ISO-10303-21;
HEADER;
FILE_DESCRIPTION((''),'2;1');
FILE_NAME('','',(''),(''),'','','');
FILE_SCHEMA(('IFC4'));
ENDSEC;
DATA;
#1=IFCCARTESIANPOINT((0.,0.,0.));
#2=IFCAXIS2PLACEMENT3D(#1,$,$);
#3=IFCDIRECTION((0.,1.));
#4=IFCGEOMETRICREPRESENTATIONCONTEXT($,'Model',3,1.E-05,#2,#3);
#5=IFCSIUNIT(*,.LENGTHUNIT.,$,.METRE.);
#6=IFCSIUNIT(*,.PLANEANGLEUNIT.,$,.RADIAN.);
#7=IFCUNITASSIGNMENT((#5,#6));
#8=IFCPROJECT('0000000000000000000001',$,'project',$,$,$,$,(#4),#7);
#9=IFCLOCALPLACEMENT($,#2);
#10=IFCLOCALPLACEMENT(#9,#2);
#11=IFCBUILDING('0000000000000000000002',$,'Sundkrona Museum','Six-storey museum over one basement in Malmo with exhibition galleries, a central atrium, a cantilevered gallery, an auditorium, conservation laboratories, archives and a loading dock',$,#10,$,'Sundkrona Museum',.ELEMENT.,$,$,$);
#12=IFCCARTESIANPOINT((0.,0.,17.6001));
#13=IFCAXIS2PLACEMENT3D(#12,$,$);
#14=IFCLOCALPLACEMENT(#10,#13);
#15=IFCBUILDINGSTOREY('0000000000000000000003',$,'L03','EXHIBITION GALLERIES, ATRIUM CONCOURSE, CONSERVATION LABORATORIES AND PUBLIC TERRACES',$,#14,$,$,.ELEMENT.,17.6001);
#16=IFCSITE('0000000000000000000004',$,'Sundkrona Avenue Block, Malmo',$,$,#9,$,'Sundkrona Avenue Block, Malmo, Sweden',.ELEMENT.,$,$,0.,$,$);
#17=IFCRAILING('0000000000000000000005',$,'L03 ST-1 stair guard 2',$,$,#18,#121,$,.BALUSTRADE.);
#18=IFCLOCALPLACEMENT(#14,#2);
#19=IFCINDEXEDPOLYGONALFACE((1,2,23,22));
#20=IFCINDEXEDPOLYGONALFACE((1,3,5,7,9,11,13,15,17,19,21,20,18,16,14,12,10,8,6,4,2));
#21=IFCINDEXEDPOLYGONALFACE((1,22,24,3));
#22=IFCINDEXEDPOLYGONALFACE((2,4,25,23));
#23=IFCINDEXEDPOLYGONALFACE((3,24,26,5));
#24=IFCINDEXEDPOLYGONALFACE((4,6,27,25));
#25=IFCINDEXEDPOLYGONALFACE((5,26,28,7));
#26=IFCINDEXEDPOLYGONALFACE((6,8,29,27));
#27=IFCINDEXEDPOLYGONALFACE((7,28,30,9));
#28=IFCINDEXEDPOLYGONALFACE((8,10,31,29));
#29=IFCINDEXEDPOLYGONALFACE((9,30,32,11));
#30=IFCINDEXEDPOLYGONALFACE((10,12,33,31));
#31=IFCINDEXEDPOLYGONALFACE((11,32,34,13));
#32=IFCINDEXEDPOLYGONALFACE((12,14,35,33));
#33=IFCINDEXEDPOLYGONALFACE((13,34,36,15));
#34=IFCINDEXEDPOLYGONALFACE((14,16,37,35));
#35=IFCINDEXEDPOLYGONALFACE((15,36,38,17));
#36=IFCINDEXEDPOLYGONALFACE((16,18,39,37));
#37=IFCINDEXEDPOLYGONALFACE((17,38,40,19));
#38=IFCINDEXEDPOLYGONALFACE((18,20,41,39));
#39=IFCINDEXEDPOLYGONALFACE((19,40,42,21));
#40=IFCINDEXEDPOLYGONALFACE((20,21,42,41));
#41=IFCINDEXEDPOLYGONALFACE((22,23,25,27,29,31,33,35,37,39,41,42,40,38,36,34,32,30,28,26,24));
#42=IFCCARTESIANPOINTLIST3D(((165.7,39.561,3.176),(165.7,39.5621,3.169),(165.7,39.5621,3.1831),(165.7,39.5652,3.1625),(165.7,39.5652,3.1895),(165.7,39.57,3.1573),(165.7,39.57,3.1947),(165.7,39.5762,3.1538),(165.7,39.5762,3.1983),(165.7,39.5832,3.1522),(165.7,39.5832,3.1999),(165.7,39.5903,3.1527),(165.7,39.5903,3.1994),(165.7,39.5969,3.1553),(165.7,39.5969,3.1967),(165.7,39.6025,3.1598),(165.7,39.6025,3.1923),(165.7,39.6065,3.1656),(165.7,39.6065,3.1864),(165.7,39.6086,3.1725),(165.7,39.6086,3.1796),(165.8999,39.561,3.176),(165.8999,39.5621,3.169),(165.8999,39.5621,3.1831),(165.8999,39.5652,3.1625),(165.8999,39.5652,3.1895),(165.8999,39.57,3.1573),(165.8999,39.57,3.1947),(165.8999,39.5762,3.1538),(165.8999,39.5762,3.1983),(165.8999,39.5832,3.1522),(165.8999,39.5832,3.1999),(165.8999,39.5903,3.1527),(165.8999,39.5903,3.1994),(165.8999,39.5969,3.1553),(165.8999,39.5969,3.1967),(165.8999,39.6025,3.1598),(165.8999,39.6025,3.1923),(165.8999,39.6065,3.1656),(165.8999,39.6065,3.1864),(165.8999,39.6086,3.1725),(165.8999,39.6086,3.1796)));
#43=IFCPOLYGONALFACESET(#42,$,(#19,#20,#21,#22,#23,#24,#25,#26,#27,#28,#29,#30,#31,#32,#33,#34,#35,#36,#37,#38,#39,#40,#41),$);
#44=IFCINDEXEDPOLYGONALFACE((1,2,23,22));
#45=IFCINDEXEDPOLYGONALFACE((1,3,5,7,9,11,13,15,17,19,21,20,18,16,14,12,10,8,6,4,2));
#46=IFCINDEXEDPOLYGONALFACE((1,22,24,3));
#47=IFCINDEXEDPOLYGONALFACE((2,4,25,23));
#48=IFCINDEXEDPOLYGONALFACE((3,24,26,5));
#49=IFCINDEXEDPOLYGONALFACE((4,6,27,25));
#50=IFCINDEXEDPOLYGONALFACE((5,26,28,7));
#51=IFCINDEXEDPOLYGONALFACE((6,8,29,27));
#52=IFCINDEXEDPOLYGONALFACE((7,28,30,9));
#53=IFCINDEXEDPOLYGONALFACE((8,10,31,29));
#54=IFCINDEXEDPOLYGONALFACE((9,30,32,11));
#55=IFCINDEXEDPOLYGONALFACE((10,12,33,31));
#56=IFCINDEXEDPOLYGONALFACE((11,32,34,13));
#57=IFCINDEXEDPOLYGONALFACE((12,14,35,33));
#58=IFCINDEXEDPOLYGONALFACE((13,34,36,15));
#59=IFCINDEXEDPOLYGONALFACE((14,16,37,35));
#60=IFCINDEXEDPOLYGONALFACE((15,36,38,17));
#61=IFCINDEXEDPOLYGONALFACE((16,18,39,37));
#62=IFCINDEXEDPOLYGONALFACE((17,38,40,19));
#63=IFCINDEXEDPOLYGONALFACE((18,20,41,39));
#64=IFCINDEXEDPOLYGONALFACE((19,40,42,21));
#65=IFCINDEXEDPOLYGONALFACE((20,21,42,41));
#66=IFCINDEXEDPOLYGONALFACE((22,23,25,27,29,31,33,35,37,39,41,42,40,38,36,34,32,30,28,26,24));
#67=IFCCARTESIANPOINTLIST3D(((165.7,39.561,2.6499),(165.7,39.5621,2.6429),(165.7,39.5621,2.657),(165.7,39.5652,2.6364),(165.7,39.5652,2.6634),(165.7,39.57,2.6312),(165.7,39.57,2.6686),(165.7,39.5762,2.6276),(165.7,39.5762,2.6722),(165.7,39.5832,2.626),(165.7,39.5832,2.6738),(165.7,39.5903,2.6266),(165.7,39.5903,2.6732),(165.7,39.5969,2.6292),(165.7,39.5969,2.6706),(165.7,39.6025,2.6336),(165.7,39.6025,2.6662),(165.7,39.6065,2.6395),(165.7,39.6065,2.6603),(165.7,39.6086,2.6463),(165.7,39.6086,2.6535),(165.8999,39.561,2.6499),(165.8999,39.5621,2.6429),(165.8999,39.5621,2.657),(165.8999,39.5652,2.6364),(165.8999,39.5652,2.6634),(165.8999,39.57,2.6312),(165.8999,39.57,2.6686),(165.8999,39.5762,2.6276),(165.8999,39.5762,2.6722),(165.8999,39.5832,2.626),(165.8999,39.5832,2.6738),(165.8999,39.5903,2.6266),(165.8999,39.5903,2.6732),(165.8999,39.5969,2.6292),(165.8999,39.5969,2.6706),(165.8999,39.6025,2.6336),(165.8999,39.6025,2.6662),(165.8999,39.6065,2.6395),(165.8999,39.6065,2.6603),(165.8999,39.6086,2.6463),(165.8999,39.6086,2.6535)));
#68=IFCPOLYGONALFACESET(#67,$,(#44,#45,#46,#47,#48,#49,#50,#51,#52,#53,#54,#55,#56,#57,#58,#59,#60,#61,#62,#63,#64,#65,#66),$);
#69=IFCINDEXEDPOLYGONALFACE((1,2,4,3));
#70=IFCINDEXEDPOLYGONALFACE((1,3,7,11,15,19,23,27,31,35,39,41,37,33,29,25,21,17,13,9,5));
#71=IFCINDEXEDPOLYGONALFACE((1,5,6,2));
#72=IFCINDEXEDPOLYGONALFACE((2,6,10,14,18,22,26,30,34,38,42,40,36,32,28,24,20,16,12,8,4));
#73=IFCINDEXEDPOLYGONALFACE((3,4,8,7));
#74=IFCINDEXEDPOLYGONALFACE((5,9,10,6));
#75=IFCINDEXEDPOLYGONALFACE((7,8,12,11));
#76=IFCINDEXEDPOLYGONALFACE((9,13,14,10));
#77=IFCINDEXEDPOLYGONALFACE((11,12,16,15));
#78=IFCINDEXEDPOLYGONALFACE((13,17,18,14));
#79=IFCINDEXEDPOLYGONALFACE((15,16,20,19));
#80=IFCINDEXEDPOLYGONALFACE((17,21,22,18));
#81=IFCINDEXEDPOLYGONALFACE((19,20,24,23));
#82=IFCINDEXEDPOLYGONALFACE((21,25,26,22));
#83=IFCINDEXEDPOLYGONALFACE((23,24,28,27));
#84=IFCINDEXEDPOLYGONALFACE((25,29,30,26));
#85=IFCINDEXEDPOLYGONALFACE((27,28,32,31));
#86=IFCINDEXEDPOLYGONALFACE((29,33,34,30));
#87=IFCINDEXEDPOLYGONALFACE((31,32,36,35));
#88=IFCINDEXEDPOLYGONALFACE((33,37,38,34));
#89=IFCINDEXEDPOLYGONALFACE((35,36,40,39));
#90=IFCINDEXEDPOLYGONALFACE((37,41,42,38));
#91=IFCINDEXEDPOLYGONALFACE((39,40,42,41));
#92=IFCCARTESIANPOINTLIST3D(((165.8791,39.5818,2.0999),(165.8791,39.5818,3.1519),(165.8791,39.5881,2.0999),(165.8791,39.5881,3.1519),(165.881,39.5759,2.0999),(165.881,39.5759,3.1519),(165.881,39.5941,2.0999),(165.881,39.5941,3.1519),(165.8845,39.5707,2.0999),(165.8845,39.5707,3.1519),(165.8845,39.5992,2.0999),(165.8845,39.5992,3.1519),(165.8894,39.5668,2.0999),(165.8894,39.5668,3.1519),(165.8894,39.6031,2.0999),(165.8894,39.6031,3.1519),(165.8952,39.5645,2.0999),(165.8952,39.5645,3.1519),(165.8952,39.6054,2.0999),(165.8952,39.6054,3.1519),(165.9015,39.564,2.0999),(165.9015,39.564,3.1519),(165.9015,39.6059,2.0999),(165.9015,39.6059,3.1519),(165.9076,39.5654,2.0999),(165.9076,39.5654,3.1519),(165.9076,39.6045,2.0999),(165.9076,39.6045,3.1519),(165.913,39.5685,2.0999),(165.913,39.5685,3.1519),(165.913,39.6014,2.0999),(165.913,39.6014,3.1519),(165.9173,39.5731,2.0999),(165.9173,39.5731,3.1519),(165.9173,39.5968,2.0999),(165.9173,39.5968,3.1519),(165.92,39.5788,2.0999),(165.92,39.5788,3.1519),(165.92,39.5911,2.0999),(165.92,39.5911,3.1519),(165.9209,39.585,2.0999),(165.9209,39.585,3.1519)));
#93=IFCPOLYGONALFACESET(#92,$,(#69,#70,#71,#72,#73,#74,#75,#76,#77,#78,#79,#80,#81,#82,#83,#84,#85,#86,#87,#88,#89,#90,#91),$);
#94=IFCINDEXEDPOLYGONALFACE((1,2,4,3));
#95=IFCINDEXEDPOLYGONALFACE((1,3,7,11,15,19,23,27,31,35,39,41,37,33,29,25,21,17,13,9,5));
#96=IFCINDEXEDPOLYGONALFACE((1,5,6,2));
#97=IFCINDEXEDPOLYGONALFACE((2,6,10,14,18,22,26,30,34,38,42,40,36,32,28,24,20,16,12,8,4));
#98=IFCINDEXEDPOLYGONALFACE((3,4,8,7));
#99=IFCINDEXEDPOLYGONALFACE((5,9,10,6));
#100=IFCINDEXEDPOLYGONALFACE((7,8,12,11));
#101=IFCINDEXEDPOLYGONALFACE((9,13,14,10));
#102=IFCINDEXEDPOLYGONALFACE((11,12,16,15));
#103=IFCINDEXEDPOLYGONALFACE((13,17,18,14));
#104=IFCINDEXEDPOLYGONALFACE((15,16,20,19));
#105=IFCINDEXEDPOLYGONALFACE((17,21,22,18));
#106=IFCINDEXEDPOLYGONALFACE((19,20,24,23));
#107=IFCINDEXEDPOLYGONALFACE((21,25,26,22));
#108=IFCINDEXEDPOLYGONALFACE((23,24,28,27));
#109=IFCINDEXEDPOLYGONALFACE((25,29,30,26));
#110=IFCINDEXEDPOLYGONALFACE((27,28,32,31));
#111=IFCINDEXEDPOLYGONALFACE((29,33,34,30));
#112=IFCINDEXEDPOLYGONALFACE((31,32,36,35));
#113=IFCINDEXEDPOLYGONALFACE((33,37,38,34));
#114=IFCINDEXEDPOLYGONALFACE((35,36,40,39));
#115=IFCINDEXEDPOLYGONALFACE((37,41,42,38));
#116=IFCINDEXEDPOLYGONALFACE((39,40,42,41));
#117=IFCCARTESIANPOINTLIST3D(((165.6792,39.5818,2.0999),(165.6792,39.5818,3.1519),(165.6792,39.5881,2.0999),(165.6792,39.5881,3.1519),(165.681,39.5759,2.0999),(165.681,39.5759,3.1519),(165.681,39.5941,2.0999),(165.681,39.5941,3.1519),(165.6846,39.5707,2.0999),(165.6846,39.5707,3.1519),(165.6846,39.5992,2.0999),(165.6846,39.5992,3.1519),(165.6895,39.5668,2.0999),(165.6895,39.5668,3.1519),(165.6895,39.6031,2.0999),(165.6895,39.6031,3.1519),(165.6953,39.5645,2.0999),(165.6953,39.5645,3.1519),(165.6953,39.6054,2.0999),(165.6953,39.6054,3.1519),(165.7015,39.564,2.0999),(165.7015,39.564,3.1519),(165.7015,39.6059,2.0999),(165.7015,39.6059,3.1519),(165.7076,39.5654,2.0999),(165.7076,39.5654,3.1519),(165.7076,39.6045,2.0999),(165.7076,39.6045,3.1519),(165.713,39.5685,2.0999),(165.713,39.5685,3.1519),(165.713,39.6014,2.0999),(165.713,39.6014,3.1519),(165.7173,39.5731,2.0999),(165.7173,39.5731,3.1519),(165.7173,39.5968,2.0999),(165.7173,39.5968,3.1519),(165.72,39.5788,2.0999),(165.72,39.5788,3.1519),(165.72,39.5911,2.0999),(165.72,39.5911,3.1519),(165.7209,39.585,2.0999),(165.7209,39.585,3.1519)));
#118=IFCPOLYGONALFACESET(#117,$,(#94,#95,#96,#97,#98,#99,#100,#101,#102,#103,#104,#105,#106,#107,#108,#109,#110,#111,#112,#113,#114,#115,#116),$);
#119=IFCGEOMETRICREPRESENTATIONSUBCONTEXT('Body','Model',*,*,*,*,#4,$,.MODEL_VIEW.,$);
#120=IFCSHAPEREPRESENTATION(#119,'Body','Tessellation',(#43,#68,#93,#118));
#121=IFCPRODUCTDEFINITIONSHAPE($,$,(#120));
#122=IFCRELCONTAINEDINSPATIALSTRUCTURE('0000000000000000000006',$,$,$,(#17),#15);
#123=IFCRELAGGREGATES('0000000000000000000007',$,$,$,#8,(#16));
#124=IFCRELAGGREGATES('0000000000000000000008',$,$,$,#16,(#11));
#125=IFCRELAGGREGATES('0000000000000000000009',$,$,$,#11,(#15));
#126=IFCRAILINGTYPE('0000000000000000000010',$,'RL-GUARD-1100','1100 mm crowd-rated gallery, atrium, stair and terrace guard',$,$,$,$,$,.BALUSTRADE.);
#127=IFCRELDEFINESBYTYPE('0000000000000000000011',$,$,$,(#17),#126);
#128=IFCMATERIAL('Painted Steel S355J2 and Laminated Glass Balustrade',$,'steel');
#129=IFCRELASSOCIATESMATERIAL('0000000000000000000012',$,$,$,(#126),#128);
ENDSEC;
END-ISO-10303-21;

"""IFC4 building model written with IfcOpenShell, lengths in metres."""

from ifc_helpers import new_model, si_unit, direction, frame, origin, origin_2d, place, context, subcontext, project, spatial, circle, extrude, material, type_object, element, save


model = new_model("IFC4")

# Units and contexts
model_context = context("Model", 3, precision=1e-05, world=origin(), true_north=direction((0.0, 1.0)))
body_context = subcontext(model_context, "Body", "Model", "MODEL_VIEW")
ifc_project = project(units=[si_unit("LENGTHUNIT", "METRE"), si_unit("PLANEANGLEUNIT", "RADIAN")], contexts=[model_context])

# Site, building, storey
site_placement = place(None, origin())
site = spatial("IfcSite", under=ifc_project, at=site_placement, Name="Sundkrona Avenue Block, Malmo", LongName="Sundkrona Avenue Block, Malmo, Sweden", CompositionType="ELEMENT", RefElevation=0.0)
building_placement = place(site_placement, origin())
building = spatial("IfcBuilding", under=site, at=building_placement, Name="Sundkrona Museum", Description="Six-storey museum over one basement in Malmo with exhibition galleries, a central atrium, a cantilevered gallery, an auditorium, conservation laboratories, archives and a loading dock", LongName="Sundkrona Museum", CompositionType="ELEMENT")
storey_placement = place(building_placement, frame((0.0, 0.0, 17.6001)))
storey = spatial("IfcBuildingStorey", under=building, at=storey_placement, Name="L03", Description="EXHIBITION GALLERIES, ATRIUM CONCOURSE, CONSERVATION LABORATORIES AND PUBLIC TERRACES", CompositionType="ELEMENT", Elevation=17.6001)

# Railing
ifc_material_1 = material(Name="Painted Steel S355J2 and Laminated Glass Balustrade", Category="steel")
railing_type_1 = type_object("IfcRailingType", Name="RL-GUARD-1100", Description="1100 mm crowd-rated gallery, atrium, stair and terrace guard", PredefinedType="BALUSTRADE", material=ifc_material_1)
railing_1_placement = place(storey_placement, frame((165.8999, 39.585, 2.0999)))
element("IfcRailing", 1, at=railing_1_placement, inside=storey, type_object=railing_type_1, Name="L03 ST-1 stair guard 2", PredefinedType="BALUSTRADE", context=body_context, shape_type="SweptSolid", body=[
    extrude(circle(Radius=0.0239, at=origin_2d()), frame((0.0, 0.0, 1.0762), z_axis=(-1.0, 0.0, 0.0), x_axis=(0.0, -1.0, 0.0)), (0.0, 0.0, 1.0), 0.2),
    extrude(circle(Radius=0.0239, at=origin_2d()), frame((0.0, 0.0, 0.55), z_axis=(-1.0, 0.0, 0.0), x_axis=(0.0, -1.0, 0.0)), (0.0, 0.0, 1.0), 0.2),
    extrude(circle(Radius=0.021, at=origin_2d()), origin(), (0.0, 0.0, 1.0), 1.052),
    extrude(circle(Radius=0.021, at=origin_2d()), frame((-0.2, 0.0, 0.0)), (0.0, 0.0, 1.0), 1.052),
])

save(model, "model.ifc")
